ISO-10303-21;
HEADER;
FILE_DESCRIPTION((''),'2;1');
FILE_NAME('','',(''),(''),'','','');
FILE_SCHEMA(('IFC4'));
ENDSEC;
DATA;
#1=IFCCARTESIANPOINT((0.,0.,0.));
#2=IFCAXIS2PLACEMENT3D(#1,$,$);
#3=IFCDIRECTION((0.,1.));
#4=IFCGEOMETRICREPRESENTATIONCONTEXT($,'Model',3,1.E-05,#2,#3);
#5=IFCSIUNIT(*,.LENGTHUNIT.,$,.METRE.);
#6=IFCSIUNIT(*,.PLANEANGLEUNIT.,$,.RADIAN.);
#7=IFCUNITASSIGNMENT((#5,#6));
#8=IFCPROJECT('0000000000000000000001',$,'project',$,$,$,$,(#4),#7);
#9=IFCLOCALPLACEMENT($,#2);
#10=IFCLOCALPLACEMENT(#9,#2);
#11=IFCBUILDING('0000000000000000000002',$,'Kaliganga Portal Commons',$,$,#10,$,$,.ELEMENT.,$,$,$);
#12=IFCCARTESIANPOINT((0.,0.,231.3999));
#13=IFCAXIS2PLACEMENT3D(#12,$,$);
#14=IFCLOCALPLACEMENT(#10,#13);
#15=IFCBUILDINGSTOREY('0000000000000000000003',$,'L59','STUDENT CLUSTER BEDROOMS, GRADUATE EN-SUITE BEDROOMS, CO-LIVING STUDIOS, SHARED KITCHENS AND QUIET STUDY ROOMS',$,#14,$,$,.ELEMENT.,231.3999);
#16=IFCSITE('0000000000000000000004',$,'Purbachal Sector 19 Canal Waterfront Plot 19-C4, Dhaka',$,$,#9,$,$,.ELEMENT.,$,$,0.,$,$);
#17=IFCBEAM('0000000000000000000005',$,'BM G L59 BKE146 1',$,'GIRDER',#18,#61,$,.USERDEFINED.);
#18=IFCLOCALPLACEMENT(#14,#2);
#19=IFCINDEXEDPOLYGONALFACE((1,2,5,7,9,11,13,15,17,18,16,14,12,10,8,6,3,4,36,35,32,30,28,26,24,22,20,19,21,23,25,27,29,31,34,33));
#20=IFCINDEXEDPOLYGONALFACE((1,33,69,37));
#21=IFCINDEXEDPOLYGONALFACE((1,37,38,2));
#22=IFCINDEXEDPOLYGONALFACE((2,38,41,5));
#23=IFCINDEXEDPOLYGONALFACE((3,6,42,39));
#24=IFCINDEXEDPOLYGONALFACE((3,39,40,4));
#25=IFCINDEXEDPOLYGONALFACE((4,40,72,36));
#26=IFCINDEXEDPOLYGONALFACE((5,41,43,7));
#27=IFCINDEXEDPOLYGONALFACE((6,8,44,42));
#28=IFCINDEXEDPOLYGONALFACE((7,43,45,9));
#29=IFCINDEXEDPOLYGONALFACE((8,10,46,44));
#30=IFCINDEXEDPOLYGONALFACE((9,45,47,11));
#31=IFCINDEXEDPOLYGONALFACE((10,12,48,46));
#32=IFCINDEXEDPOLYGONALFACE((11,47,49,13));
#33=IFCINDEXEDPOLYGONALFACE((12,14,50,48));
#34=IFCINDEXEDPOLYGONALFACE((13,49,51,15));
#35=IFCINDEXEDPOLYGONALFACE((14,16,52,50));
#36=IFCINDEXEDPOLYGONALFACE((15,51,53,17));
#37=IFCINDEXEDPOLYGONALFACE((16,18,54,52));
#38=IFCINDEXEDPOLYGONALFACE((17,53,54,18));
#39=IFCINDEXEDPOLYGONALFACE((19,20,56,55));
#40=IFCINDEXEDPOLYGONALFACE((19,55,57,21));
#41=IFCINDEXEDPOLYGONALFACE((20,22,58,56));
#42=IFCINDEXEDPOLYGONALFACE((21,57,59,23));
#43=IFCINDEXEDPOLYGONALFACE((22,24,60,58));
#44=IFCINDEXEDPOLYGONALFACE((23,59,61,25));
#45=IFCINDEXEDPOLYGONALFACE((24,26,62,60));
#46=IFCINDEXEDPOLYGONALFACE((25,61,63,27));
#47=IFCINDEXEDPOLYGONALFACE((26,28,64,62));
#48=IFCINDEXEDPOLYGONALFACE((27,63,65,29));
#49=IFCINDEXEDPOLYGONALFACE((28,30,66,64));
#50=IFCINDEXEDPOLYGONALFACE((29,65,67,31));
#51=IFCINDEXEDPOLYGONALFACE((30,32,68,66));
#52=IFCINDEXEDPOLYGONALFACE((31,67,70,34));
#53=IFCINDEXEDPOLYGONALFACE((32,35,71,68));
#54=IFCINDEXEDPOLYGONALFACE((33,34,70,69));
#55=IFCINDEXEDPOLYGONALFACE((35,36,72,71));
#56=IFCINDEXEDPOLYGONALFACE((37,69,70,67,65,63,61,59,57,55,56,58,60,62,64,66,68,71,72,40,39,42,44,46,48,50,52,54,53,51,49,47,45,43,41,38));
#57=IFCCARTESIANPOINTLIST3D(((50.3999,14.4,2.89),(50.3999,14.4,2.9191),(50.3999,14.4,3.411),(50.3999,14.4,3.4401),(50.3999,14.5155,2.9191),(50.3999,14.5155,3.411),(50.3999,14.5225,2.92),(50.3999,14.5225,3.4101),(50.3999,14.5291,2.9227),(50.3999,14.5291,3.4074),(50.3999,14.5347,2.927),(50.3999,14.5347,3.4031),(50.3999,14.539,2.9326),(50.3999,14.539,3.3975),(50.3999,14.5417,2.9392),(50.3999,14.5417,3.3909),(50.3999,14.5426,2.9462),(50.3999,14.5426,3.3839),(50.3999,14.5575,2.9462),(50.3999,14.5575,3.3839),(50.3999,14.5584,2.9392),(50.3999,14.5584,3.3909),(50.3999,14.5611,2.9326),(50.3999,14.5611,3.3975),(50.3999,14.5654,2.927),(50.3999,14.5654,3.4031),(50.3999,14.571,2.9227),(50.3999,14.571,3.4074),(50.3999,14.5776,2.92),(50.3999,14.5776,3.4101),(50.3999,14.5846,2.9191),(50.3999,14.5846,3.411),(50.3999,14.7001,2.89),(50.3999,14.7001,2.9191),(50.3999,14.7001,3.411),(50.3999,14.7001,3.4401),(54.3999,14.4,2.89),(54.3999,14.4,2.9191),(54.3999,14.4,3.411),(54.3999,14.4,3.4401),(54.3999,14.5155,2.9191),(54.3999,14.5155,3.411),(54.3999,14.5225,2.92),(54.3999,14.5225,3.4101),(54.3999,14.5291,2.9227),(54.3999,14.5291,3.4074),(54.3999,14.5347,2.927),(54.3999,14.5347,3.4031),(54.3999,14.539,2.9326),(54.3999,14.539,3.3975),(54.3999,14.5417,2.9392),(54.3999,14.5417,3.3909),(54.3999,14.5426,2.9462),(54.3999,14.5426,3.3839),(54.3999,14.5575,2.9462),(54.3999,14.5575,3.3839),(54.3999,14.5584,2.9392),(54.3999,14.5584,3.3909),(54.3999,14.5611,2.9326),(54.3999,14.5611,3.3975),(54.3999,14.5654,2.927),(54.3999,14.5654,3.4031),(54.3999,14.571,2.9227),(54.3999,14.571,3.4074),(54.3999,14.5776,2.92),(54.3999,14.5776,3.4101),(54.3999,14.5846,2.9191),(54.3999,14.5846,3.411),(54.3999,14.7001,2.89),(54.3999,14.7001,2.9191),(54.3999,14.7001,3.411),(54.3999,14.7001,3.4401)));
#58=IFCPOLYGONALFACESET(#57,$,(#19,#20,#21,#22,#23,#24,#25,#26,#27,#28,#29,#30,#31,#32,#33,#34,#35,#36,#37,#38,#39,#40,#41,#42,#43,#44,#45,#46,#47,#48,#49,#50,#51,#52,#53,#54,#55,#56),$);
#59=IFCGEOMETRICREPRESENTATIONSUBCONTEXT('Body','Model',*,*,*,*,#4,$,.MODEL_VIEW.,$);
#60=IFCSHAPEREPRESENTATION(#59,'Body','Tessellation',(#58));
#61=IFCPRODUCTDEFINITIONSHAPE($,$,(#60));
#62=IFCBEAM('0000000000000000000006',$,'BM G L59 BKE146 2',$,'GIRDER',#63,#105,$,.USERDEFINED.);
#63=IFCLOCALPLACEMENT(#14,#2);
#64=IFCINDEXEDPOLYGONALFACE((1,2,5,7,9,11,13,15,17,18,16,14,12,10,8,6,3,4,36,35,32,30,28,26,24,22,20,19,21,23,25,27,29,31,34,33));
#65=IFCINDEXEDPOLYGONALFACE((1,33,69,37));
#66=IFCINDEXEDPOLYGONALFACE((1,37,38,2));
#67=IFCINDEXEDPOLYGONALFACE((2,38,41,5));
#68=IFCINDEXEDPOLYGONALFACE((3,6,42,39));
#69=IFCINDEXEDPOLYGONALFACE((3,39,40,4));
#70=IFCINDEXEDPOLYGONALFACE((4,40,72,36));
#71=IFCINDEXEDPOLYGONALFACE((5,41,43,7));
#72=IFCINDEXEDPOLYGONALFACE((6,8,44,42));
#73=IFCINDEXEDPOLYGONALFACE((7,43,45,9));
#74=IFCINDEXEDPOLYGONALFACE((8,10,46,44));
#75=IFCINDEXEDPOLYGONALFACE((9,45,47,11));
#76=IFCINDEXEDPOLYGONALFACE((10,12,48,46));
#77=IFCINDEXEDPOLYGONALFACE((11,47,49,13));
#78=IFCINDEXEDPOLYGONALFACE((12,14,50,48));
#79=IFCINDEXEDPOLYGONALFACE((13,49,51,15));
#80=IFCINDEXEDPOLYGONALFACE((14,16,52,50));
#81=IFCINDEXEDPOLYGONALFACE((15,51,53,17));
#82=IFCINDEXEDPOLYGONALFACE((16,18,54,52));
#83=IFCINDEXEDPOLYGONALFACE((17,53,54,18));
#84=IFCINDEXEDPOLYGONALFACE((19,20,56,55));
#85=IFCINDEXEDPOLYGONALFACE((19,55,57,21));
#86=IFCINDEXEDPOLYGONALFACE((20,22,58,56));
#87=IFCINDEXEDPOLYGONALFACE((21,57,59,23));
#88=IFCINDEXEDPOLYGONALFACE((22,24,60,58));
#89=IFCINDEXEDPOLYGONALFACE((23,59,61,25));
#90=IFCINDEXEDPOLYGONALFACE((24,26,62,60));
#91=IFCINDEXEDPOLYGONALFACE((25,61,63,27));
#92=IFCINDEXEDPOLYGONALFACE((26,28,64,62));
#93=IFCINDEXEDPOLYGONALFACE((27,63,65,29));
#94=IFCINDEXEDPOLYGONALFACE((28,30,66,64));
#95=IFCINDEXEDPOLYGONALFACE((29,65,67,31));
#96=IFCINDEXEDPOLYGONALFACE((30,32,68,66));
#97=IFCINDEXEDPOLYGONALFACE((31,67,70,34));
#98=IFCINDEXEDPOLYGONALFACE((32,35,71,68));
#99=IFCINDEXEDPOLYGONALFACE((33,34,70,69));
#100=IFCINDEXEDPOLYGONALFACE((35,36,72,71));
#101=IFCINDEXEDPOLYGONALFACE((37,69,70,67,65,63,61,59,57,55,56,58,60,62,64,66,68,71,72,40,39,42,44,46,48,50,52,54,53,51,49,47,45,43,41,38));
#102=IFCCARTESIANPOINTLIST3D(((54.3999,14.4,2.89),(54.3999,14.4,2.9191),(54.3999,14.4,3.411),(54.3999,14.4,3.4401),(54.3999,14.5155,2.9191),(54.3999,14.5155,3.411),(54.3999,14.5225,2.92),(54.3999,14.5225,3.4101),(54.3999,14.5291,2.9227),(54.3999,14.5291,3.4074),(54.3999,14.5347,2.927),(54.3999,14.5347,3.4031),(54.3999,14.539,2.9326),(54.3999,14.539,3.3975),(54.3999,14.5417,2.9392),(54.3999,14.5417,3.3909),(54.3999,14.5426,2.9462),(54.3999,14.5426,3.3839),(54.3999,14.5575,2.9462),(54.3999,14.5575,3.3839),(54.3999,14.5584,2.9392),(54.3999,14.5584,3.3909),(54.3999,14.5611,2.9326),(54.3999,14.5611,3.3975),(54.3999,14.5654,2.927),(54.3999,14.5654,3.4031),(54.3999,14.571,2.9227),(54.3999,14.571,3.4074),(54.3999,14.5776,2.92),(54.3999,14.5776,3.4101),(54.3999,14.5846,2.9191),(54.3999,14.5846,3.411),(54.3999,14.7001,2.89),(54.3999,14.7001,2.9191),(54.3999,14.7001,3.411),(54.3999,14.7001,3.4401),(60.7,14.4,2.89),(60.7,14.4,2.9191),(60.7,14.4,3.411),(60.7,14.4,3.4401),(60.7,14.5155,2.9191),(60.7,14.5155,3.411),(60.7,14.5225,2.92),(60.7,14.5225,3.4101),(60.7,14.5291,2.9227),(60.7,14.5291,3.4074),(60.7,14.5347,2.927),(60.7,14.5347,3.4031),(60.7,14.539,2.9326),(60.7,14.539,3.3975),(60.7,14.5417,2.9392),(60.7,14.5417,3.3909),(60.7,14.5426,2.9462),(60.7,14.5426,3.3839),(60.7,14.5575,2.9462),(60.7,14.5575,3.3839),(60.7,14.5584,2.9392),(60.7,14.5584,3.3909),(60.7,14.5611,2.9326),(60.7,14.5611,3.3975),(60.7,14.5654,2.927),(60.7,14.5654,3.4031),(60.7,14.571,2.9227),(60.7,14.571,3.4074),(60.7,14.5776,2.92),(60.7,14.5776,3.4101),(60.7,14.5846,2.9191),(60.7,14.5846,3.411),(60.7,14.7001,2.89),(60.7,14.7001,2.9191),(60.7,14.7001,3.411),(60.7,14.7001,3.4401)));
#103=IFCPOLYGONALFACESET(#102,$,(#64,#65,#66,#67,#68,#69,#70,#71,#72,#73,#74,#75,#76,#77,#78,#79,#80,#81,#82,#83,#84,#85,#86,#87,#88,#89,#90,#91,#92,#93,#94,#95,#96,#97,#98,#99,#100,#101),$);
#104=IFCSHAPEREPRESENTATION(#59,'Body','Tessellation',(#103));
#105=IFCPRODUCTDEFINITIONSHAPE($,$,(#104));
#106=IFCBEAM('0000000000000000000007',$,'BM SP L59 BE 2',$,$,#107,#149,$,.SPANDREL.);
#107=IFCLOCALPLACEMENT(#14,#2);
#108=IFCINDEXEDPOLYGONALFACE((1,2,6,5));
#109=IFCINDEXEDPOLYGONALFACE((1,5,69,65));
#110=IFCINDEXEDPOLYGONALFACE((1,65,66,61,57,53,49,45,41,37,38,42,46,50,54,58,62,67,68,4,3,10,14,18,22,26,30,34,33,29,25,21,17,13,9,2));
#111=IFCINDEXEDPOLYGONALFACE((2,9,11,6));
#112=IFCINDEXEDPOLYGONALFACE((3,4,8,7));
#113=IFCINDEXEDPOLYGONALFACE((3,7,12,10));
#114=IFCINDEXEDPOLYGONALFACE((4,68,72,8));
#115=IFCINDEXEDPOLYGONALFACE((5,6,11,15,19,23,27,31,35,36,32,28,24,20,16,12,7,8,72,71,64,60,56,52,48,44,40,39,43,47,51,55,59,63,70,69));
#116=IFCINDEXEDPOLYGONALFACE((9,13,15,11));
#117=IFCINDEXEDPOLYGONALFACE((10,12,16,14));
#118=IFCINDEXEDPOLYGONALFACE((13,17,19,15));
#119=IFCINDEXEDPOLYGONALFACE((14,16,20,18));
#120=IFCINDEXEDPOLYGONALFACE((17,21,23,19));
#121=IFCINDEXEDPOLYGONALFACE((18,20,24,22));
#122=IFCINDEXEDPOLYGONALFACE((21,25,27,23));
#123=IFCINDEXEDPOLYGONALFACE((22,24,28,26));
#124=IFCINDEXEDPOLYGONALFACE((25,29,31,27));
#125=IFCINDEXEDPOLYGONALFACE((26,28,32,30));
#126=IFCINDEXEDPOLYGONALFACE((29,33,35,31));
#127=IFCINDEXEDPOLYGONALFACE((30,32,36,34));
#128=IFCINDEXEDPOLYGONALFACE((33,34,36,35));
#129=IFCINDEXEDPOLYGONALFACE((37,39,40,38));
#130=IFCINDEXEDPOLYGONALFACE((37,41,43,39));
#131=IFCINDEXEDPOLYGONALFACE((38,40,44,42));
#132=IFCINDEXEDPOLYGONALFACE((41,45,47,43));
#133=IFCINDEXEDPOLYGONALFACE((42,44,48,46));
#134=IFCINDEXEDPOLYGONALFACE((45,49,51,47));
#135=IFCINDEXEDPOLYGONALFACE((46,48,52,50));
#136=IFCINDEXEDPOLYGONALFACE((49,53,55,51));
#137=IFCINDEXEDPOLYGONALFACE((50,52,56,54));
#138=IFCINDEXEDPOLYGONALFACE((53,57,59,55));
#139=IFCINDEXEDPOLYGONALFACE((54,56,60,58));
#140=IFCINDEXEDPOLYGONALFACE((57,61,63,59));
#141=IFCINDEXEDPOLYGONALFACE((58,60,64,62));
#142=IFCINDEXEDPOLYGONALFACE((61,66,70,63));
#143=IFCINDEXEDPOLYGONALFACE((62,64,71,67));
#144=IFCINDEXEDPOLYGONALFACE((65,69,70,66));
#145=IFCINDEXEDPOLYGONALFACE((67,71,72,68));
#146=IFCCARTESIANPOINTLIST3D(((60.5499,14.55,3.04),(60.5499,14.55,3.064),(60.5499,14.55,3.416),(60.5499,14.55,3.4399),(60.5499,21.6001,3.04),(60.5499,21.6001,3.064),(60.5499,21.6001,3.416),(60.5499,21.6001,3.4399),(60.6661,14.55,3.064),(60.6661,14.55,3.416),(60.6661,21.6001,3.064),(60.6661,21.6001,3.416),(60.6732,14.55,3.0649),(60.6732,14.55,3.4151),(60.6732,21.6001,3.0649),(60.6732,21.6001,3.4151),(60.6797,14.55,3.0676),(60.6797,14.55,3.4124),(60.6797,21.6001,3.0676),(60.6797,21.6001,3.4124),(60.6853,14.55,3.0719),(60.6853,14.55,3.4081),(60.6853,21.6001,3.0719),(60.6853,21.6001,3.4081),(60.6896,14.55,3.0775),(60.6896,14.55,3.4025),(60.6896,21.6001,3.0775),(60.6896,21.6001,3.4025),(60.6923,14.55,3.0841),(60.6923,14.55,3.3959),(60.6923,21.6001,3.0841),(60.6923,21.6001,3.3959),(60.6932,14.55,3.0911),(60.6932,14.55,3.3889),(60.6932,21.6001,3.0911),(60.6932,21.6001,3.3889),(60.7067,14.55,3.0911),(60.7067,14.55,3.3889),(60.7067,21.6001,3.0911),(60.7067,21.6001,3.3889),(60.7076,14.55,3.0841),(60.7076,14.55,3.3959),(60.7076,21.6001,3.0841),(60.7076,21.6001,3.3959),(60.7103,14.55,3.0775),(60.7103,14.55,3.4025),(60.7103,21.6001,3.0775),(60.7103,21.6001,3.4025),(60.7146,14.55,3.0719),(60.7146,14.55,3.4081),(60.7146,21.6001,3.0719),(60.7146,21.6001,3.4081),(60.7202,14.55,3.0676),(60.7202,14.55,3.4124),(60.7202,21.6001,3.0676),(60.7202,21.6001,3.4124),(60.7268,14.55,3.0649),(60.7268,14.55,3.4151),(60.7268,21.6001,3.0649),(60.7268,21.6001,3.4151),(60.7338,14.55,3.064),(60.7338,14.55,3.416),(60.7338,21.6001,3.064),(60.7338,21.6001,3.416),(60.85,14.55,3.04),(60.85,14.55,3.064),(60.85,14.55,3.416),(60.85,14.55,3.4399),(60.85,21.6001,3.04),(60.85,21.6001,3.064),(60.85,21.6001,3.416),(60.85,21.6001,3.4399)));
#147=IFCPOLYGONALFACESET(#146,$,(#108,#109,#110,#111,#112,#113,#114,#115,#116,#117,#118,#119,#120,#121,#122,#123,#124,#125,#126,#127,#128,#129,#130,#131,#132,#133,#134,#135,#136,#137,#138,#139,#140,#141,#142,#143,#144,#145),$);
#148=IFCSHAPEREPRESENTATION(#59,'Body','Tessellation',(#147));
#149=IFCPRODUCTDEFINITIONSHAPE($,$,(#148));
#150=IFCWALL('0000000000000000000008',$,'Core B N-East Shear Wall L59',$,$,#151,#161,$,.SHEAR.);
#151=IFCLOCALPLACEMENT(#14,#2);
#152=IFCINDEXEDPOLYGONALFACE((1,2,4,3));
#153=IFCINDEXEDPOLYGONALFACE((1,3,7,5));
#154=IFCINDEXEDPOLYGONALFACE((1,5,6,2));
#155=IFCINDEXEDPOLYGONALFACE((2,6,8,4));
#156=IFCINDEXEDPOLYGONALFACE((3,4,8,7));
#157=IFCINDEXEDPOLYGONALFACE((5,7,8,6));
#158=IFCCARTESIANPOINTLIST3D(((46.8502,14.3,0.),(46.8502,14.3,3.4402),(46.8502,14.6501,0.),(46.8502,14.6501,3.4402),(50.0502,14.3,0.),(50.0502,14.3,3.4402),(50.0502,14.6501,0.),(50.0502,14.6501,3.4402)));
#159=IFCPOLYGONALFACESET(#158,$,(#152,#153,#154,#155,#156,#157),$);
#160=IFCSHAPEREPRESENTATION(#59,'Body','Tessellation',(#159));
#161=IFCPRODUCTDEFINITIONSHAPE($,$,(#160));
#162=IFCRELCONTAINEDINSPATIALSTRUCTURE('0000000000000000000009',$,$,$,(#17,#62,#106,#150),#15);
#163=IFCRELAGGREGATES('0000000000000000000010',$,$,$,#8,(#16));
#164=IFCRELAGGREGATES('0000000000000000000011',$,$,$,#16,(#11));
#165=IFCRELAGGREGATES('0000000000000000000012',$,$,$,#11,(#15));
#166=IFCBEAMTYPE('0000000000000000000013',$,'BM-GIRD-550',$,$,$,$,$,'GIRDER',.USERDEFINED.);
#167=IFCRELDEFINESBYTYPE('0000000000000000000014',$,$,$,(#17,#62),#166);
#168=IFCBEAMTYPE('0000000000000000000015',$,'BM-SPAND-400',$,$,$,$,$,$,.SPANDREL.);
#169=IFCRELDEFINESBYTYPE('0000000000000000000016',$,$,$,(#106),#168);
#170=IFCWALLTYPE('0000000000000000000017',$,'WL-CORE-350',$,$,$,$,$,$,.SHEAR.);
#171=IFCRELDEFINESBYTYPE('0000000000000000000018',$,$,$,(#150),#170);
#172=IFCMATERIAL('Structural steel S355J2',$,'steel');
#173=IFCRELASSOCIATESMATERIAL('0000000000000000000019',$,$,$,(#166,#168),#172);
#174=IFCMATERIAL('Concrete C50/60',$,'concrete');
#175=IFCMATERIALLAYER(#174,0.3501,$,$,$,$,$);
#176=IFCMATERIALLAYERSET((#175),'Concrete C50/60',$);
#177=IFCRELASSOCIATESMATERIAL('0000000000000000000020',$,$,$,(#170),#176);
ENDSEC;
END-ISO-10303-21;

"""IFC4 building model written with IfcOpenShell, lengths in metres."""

from ifc_helpers import new_model, si_unit, direction, frame, frame_2d, origin, origin_2d, place, context, subcontext, project, spatial, rectangle, i_section, extrude, source, transform, mapped, material, layer, layer_set, material_profile, profile_set, type_object, element, save


model = new_model("IFC4")

# Units and contexts
model_context = context("Model", 3, precision=1e-05, world=origin(), true_north=direction((0.0, 1.0)))
body_context = subcontext(model_context, "Body", "Model", "MODEL_VIEW")
ifc_project = project(units=[si_unit("LENGTHUNIT", "METRE"), si_unit("PLANEANGLEUNIT", "RADIAN")], contexts=[model_context])

# Site, building, storey
site_placement = place(None, origin())
site = spatial("IfcSite", under=ifc_project, at=site_placement, Name="Purbachal Sector 19 Canal Waterfront Plot 19-C4, Dhaka", CompositionType="ELEMENT", RefElevation=0.0)
building_placement = place(site_placement, origin())
building = spatial("IfcBuilding", under=site, at=building_placement, Name="Kaliganga Portal Commons", CompositionType="ELEMENT")
storey_placement = place(building_placement, frame((0.0, 0.0, 231.3999)))
storey = spatial("IfcBuildingStorey", under=building, at=storey_placement, Name="L59", Description="STUDENT CLUSTER BEDROOMS, GRADUATE EN-SUITE BEDROOMS, CO-LIVING STUDIOS, SHARED KITCHENS AND QUIET STUDY ROOMS", CompositionType="ELEMENT", Elevation=231.3999)

# Shared definitions
ifc_material_1 = material(Name="Concrete C50/60", Category="concrete")
ifc_material_2 = material(Name="Structural steel S355J2", Category="steel")

# Beams
ifc_material_profile_1 = material_profile(ifc_material_2, i_section(OverallWidth=0.3, OverallDepth=0.55, WebThickness=0.0149, FlangeThickness=0.0291, FilletRadius=0.0271, at=origin_2d()), Name="HE 550 B")
ifc_profile_set_1 = profile_set([ifc_material_profile_1], Name="Structural steel S355J2 wide-flange")
beam_type_1 = type_object("IfcBeamType", Name="BM-GIRD-550", ElementType="GIRDER", PredefinedType="USERDEFINED", material=ifc_profile_set_1)
shared_shape_1 = source(origin(), body_context, "Body", "SweptSolid", [
    extrude(i_section(OverallWidth=0.3, OverallDepth=0.55, WebThickness=0.0149, FlangeThickness=0.0291, FilletRadius=0.0271, at=origin_2d()), origin(), (0.0, 0.0, 1.0), 4.0),
])
beam_1_placement = place(storey_placement, frame((50.3999, 14.55, 3.165), z_axis=(1.0, 0.0, 0.0), x_axis=(0.0, 1.0, 0.0)))
element("IfcBeam", 1, at=beam_1_placement, inside=storey, type_object=beam_type_1, Name="BM G L59 BKE146 1", ObjectType="GIRDER", PredefinedType="USERDEFINED", context=body_context, shape_type="MappedRepresentation", body=[
    mapped(shared_shape_1, transform((0.0, 0.0, 0.0), x_axis=(1.0, 0.0, 0.0), y_axis=(0.0, 1.0, 0.0), z_axis=(0.0, 0.0, 1.0), scale=1.0)),
])
shared_shape_2 = source(origin(), body_context, "Body", "SweptSolid", [
    extrude(i_section(OverallWidth=0.3, OverallDepth=0.55, WebThickness=0.0149, FlangeThickness=0.0291, FilletRadius=0.0271, at=origin_2d()), origin(), (0.0, 0.0, 1.0), 6.3),
])
beam_2_placement = place(storey_placement, frame((54.3999, 14.55, 3.165), z_axis=(1.0, 0.0, 0.0), x_axis=(0.0, 1.0, 0.0)))
element("IfcBeam", 2, at=beam_2_placement, inside=storey, type_object=beam_type_1, Name="BM G L59 BKE146 2", ObjectType="GIRDER", PredefinedType="USERDEFINED", context=body_context, shape_type="MappedRepresentation", body=[
    mapped(shared_shape_2, transform((0.0, 0.0, 0.0), x_axis=(1.0, 0.0, 0.0), y_axis=(0.0, 1.0, 0.0), z_axis=(0.0, 0.0, 1.0), scale=1.0)),
])
ifc_material_profile_2 = material_profile(ifc_material_2, i_section(OverallWidth=0.3, OverallDepth=0.3999, WebThickness=0.0134, FlangeThickness=0.0239, FilletRadius=0.0271, at=origin_2d()), Name="HE 400 B")
ifc_profile_set_2 = profile_set([ifc_material_profile_2], Name="Structural steel S355J2 wide-flange")
beam_type_2 = type_object("IfcBeamType", Name="BM-SPAND-400", PredefinedType="SPANDREL", material=ifc_profile_set_2)
shared_shape_3 = source(origin(), body_context, "Body", "SweptSolid", [
    extrude(i_section(OverallWidth=0.3, OverallDepth=0.3999, WebThickness=0.0134, FlangeThickness=0.0239, FilletRadius=0.0271, at=origin_2d()), origin(), (0.0, 0.0, 1.0), 7.05),
])
beam_3_placement = place(storey_placement, frame((60.7, 14.55, 3.24), z_axis=(0.0, 1.0, 0.0), x_axis=(-1.0, 0.0, 0.0)))
element("IfcBeam", 3, at=beam_3_placement, inside=storey, type_object=beam_type_2, Name="BM SP L59 BE 2", PredefinedType="SPANDREL", context=body_context, shape_type="MappedRepresentation", body=[
    mapped(shared_shape_3, transform((0.0, 0.0, 0.0), x_axis=(1.0, 0.0, 0.0), y_axis=(0.0, 1.0, 0.0), z_axis=(0.0, 0.0, 1.0), scale=1.0)),
])

# Wall
ifc_layer_1 = layer(ifc_material_1, 0.3501)
ifc_layer_set_1 = layer_set([ifc_layer_1], Name="Concrete C50/60")
wall_type_1 = type_object("IfcWallType", Name="WL-CORE-350", PredefinedType="SHEAR", material=ifc_layer_set_1)
wall_1_placement = place(storey_placement, frame((46.8501, 14.4751, 0.0), z_axis=(0.0, 0.0, 1.0), x_axis=(1.0, 0.0, 0.0)))
element("IfcWall", 4, at=wall_1_placement, inside=storey, type_object=wall_type_1, Name="Core B N-East Shear Wall L59", PredefinedType="SHEAR", context=body_context, shape_type="SweptSolid", body=[
    extrude(rectangle(XDim=3.2, YDim=0.3501, at=frame_2d((1.6001, 0.0))), origin(), (0.0, 0.0, 1.0), 3.4402),
])

save(model, "model.ifc")
